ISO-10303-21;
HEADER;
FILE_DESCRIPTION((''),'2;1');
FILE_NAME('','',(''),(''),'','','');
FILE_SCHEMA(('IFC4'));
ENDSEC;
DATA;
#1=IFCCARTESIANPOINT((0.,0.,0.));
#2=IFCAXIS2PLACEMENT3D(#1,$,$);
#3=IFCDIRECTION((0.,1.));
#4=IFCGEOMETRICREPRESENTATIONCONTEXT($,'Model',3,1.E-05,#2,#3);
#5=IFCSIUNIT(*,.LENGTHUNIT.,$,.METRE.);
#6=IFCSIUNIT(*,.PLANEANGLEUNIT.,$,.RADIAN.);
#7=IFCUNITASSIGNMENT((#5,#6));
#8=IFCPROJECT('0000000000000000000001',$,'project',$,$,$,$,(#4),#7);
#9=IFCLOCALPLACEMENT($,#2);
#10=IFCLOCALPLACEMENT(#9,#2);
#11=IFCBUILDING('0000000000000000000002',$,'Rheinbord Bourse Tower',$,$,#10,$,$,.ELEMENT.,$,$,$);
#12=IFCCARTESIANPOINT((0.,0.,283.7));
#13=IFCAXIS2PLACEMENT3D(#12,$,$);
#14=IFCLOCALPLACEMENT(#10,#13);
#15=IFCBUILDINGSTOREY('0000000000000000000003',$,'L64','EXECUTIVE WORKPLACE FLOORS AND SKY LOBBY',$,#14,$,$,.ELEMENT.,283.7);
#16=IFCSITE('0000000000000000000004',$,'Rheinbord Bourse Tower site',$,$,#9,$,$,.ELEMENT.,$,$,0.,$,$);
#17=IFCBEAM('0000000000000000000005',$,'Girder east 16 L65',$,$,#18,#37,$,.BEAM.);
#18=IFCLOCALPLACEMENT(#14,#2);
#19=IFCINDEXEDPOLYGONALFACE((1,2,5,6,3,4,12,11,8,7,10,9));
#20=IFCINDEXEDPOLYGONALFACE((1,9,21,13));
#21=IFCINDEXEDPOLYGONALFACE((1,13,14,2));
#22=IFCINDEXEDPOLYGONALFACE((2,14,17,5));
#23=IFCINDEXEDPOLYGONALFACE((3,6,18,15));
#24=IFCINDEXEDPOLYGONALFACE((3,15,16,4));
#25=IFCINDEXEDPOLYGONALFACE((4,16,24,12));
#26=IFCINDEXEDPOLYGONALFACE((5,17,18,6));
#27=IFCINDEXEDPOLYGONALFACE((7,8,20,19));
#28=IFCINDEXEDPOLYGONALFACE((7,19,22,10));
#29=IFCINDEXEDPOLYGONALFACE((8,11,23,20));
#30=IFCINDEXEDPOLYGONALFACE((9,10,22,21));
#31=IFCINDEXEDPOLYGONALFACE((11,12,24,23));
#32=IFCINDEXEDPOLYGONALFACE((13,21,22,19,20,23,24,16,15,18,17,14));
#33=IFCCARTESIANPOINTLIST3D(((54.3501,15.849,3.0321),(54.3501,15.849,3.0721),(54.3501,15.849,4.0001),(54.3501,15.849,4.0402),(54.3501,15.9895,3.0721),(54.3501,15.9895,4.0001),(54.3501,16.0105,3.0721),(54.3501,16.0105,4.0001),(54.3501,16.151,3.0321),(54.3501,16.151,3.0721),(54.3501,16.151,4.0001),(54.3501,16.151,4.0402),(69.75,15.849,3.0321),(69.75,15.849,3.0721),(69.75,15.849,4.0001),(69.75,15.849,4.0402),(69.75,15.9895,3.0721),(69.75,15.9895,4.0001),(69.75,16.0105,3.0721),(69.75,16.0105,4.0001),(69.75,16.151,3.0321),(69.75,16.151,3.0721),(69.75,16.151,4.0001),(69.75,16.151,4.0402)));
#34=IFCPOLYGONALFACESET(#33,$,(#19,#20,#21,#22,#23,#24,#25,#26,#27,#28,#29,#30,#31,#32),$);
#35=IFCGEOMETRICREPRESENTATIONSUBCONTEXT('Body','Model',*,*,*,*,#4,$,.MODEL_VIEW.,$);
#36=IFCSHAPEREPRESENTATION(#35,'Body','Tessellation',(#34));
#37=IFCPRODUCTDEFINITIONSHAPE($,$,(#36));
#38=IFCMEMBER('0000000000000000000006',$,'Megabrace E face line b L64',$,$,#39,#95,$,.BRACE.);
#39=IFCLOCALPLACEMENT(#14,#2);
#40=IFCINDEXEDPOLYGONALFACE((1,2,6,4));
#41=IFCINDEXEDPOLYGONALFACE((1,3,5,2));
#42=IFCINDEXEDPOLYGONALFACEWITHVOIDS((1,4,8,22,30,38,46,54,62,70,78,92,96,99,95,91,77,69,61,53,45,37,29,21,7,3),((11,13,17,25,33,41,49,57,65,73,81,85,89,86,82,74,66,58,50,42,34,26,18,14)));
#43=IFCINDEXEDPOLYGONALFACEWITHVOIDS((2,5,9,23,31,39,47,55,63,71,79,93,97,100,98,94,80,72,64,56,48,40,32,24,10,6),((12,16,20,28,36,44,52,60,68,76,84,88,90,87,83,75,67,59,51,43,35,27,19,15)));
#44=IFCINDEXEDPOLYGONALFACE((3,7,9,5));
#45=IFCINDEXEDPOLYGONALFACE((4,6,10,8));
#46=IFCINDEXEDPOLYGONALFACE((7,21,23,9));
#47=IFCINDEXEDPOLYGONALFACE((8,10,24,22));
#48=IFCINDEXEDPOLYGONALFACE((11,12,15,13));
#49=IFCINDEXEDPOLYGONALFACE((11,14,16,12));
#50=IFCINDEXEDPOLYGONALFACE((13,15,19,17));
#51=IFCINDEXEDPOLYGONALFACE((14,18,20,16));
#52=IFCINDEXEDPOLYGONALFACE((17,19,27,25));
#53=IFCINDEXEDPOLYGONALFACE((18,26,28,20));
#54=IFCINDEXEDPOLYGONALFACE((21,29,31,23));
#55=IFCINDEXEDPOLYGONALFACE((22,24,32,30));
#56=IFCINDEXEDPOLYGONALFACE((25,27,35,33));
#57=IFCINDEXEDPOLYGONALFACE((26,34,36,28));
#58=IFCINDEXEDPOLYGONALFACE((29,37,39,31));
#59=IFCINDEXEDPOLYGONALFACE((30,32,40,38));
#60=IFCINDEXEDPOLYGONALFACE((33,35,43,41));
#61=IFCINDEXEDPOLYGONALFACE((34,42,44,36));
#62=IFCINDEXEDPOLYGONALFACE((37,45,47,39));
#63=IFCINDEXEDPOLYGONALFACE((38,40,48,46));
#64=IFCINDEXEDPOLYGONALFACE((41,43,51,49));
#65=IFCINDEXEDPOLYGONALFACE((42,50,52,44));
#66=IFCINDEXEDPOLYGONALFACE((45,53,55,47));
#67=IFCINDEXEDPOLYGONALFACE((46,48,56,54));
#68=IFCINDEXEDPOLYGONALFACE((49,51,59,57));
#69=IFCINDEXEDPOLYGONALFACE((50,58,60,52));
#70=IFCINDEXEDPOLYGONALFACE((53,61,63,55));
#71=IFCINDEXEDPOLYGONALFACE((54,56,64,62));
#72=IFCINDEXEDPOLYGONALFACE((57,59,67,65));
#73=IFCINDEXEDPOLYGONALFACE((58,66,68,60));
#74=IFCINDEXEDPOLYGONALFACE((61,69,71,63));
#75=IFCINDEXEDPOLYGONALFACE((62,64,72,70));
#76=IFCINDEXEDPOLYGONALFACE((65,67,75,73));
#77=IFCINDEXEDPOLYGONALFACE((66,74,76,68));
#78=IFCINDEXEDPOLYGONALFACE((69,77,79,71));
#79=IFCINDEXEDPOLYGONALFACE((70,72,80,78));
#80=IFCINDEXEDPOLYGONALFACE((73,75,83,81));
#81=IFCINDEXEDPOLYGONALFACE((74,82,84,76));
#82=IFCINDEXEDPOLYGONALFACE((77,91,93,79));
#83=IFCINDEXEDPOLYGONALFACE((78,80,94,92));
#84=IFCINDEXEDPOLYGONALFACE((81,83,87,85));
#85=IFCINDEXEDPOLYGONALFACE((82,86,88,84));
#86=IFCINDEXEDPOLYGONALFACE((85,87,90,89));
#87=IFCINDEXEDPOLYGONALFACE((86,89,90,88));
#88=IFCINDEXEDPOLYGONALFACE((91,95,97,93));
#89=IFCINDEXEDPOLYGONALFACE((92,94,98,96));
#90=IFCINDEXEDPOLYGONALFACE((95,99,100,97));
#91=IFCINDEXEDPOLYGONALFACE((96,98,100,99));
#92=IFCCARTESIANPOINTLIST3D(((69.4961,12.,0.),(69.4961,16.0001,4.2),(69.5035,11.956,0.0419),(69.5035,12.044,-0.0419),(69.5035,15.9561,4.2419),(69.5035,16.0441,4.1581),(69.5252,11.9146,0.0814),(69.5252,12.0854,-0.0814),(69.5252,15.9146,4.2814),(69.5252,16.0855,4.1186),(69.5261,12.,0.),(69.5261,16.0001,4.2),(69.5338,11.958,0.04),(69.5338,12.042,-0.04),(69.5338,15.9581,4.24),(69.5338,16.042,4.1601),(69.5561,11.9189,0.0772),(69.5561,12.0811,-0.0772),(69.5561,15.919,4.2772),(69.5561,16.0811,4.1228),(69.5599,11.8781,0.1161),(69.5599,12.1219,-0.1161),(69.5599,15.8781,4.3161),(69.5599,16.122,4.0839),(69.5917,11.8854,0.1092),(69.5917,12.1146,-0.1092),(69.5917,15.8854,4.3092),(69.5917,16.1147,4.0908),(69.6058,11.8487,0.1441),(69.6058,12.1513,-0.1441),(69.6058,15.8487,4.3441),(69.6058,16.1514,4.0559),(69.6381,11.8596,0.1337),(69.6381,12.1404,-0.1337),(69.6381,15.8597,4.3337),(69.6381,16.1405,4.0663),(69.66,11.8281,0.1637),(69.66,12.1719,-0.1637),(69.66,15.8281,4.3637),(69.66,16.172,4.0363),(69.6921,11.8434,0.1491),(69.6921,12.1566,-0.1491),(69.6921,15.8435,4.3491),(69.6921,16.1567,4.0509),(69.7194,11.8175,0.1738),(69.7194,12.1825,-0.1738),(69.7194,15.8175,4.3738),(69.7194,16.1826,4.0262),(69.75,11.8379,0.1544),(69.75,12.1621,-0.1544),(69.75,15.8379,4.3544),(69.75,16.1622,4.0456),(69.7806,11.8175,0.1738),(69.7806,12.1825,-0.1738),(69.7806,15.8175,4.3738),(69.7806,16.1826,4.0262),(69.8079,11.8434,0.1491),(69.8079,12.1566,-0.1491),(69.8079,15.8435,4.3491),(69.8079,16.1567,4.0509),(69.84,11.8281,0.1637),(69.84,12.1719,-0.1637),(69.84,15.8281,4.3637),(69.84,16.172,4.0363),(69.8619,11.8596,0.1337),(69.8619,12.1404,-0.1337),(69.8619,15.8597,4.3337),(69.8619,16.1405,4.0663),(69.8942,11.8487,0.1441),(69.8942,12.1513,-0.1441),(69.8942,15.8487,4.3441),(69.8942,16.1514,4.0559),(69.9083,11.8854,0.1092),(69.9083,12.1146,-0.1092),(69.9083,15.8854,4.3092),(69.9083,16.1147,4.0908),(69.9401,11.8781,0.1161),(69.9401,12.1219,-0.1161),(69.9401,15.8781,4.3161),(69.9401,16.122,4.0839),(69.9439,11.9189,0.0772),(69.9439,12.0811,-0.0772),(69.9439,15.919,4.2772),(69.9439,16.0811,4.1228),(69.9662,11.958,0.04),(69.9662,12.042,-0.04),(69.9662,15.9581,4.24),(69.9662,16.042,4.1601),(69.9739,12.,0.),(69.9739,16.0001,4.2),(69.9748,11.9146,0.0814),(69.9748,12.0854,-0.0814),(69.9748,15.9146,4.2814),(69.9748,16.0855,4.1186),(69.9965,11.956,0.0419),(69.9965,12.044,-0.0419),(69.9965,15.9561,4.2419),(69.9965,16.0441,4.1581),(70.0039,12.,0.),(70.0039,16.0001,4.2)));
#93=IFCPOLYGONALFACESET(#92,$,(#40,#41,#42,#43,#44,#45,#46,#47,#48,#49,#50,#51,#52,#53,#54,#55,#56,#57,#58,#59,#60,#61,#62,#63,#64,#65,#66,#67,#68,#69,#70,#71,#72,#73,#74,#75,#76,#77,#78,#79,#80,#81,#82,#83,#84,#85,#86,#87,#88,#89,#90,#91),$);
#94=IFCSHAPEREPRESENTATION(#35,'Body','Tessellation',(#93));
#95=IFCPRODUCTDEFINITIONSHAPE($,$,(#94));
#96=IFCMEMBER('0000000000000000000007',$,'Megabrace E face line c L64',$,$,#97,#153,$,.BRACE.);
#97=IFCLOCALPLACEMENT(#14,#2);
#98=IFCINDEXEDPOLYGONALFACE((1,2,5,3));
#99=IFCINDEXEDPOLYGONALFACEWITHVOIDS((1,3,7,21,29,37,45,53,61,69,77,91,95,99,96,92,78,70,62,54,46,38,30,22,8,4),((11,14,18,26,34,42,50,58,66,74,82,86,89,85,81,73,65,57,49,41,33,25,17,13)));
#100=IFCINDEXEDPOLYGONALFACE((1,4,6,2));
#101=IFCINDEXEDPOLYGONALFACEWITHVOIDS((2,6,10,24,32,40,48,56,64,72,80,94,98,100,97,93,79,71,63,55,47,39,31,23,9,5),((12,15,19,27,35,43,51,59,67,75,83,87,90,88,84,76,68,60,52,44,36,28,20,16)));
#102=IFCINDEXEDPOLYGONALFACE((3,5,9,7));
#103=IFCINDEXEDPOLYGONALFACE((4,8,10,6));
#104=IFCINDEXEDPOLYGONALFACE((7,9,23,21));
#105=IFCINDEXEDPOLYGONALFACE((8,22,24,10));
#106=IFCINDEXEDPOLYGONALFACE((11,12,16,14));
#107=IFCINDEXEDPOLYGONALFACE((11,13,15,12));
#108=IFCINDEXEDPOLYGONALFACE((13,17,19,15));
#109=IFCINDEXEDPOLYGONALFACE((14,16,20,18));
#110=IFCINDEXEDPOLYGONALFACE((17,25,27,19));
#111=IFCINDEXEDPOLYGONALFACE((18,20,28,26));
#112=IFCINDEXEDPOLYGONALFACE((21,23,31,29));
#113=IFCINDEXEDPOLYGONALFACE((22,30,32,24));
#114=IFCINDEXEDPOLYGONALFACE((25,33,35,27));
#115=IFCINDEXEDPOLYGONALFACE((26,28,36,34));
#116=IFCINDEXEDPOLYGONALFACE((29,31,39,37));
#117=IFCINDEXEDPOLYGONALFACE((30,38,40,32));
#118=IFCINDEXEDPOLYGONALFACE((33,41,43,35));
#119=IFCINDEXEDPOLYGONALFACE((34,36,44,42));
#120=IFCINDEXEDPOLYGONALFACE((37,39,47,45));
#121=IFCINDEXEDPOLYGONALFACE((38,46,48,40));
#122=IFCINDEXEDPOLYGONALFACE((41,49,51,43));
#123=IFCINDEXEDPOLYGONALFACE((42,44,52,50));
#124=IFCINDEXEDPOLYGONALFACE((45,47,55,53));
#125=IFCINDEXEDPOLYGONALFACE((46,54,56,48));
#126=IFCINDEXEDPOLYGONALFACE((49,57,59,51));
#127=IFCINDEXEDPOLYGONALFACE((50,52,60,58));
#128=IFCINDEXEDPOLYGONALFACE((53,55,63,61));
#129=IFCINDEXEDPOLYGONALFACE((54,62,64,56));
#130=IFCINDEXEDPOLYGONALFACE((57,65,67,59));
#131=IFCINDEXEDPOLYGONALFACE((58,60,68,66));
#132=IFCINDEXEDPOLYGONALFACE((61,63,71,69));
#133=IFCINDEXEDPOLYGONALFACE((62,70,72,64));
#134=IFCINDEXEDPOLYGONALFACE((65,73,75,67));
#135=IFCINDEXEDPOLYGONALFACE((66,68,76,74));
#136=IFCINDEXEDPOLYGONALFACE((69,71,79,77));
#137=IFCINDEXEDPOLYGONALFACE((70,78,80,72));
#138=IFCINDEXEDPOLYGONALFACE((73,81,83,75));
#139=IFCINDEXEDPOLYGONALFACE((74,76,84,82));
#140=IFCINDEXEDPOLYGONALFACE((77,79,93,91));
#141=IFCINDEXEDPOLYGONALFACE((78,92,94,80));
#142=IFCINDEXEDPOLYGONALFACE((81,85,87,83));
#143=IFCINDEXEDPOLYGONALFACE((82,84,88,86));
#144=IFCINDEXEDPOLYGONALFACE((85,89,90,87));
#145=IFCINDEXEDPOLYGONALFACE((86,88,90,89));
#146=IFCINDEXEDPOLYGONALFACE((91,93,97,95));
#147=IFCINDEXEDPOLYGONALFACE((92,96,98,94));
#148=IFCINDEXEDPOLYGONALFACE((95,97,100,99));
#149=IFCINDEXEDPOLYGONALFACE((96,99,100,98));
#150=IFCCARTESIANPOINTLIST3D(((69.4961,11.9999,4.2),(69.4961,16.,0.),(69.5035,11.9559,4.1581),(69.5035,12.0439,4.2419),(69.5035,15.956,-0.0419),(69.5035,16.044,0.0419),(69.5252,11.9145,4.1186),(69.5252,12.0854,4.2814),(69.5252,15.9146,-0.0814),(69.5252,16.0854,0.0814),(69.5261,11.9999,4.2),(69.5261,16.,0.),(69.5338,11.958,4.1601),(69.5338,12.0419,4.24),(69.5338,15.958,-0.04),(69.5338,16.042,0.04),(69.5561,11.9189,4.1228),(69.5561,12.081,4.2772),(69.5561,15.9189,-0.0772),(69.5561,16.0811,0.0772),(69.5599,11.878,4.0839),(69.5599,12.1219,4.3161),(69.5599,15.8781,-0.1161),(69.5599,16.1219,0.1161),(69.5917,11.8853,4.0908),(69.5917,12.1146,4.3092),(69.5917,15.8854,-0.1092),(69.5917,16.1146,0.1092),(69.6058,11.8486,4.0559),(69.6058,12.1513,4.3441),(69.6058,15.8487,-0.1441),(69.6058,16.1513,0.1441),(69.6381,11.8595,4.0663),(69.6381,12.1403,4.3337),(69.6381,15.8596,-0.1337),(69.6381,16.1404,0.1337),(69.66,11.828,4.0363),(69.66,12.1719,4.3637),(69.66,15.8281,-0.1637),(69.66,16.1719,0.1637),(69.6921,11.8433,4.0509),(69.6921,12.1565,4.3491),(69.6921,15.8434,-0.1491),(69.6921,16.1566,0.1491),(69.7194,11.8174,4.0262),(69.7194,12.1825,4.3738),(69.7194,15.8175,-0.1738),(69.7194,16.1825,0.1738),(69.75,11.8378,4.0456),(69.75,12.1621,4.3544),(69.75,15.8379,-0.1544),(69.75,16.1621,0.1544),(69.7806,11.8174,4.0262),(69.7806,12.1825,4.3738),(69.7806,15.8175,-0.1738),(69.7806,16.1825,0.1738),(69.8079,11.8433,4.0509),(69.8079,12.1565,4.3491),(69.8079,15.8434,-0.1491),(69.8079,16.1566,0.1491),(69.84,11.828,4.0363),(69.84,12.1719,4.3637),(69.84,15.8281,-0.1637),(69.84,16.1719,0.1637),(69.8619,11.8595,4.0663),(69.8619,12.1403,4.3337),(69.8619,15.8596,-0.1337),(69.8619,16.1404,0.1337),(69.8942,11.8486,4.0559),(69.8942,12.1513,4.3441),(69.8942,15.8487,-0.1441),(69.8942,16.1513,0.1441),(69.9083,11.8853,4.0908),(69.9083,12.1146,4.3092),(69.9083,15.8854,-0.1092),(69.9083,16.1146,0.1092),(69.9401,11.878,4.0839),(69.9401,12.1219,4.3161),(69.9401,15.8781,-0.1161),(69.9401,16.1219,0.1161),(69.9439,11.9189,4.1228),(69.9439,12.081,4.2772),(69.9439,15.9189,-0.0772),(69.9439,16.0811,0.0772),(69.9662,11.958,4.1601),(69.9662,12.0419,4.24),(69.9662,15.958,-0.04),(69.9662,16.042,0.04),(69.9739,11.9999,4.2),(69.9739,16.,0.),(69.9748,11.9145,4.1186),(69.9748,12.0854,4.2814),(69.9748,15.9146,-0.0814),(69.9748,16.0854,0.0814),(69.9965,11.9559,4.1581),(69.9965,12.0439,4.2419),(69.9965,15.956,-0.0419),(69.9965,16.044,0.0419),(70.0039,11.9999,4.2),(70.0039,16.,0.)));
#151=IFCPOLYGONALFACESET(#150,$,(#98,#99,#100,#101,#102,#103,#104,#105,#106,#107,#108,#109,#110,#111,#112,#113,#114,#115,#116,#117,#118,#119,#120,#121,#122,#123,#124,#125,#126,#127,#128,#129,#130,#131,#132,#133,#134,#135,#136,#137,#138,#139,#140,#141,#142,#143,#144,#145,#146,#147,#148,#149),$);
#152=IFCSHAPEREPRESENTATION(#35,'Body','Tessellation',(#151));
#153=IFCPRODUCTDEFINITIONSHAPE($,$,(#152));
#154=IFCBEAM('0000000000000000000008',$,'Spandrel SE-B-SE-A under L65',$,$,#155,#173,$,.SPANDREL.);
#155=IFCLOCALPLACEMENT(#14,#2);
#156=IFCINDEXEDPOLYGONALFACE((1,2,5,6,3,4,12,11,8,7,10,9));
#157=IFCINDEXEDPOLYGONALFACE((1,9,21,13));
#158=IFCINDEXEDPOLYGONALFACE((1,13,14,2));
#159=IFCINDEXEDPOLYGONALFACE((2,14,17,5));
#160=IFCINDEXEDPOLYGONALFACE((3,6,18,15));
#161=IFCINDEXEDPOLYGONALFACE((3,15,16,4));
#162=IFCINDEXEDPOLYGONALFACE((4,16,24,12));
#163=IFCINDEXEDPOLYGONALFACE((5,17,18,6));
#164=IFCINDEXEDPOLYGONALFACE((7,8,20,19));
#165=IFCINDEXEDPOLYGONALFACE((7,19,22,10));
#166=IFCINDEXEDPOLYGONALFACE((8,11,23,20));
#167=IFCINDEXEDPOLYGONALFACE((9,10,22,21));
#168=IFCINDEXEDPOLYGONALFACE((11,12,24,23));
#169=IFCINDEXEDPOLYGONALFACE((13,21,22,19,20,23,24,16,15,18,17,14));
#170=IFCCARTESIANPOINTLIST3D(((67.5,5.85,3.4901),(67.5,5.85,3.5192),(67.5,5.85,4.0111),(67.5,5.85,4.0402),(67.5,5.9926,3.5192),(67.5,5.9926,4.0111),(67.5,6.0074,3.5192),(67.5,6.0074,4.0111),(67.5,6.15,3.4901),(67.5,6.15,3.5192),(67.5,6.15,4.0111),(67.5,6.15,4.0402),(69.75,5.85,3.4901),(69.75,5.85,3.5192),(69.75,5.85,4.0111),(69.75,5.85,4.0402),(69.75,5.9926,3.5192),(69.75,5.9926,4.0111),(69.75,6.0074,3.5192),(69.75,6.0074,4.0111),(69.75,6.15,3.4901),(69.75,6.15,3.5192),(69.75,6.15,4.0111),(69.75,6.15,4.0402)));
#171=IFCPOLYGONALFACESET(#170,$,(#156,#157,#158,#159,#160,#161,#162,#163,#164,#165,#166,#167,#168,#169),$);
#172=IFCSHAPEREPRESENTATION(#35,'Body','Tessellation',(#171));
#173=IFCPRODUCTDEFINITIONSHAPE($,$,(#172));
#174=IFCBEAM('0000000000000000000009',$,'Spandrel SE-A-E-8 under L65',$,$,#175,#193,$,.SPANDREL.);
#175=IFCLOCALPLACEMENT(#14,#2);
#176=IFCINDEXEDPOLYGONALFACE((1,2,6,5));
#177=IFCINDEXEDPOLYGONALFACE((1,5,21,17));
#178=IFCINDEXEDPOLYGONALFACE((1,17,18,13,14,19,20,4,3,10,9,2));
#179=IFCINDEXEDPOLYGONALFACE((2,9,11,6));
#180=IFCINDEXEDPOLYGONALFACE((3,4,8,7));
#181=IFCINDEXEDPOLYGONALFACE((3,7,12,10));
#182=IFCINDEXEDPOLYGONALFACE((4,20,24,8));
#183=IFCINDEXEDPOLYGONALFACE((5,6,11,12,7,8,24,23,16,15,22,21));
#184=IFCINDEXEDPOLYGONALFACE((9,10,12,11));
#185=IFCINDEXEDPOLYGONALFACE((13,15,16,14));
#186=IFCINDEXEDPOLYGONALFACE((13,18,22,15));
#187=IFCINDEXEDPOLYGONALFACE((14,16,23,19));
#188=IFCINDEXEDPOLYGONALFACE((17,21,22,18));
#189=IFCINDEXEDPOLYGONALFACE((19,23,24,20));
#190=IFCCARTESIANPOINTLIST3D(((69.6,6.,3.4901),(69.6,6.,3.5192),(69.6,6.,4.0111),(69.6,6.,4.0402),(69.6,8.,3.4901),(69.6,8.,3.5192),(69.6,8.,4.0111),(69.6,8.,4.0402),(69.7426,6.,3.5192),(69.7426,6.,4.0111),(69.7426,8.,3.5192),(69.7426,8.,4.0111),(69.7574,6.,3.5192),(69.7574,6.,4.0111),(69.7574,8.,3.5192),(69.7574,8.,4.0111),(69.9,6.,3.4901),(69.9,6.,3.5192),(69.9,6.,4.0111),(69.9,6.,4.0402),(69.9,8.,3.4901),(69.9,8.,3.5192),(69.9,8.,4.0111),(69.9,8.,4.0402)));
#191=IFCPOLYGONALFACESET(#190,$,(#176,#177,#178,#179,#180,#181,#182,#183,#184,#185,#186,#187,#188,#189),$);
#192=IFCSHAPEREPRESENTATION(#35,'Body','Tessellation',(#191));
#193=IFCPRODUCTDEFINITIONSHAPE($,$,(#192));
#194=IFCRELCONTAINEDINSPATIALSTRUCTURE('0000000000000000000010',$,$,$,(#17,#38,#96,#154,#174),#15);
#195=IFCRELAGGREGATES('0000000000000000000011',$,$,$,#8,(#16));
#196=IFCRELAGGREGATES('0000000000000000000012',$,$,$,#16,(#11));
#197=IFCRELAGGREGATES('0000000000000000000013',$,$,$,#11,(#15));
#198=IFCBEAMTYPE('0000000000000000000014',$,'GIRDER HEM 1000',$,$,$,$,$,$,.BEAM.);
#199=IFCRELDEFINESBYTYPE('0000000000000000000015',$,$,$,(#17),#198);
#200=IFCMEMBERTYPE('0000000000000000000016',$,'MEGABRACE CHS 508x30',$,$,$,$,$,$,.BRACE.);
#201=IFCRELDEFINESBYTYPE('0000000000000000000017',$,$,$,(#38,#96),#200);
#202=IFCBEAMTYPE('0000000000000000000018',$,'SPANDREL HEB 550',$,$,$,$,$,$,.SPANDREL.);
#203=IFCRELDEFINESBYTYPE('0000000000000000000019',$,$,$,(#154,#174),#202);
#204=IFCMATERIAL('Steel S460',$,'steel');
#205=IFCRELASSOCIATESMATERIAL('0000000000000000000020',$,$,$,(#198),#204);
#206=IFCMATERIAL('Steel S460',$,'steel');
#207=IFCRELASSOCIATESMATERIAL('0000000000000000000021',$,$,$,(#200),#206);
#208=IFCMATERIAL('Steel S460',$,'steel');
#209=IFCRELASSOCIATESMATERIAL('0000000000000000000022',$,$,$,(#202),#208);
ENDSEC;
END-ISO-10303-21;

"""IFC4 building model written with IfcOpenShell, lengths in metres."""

from ifc_helpers import new_model, si_unit, direction, frame, origin, origin_2d, place, context, subcontext, project, spatial, hollow_circle, i_section, extrude, material, material_profile, profile_set, type_object, element, save


model = new_model("IFC4")

# Units and contexts
model_context = context("Model", 3, precision=1e-05, world=origin(), true_north=direction((0.0, 1.0)))
body_context = subcontext(model_context, "Body", "Model", "MODEL_VIEW")
ifc_project = project(units=[si_unit("LENGTHUNIT", "METRE"), si_unit("PLANEANGLEUNIT", "RADIAN")], contexts=[model_context])

# Site, building, storey
site_placement = place(None, origin())
site = spatial("IfcSite", under=ifc_project, at=site_placement, Name="Rheinbord Bourse Tower site", CompositionType="ELEMENT", RefElevation=0.0)
building_placement = place(site_placement, origin())
building = spatial("IfcBuilding", under=site, at=building_placement, Name="Rheinbord Bourse Tower", CompositionType="ELEMENT")
storey_placement = place(building_placement, frame((0.0, 0.0, 283.7)))
storey = spatial("IfcBuildingStorey", under=building, at=storey_placement, Name="L64", Description="EXECUTIVE WORKPLACE FLOORS AND SKY LOBBY", CompositionType="ELEMENT", Elevation=283.7)

# Beam
ifc_material_1 = material(Name="Steel S460", Category="steel")
ifc_material_profile_1 = material_profile(ifc_material_1, i_section(OverallWidth=0.302, OverallDepth=1.0081, WebThickness=0.021, FlangeThickness=0.04, at=origin_2d()), Name="HEM 1000")
ifc_profile_set_1 = profile_set([ifc_material_profile_1], Name="Steel S460")
beam_type_1 = type_object("IfcBeamType", Name="GIRDER HEM 1000", PredefinedType="BEAM", material=ifc_profile_set_1)
beam_1_placement = place(storey_placement, frame((54.3501, 16.0, 3.5361), z_axis=(1.0, 0.0, 0.0), x_axis=(0.0, 1.0, 0.0)))
element("IfcBeam", 1, at=beam_1_placement, inside=storey, type_object=beam_type_1, Name="Girder east 16 L65", PredefinedType="BEAM", context=body_context, shape_type="SweptSolid", body=[
    extrude(i_section(OverallWidth=0.302, OverallDepth=1.0081, WebThickness=0.021, FlangeThickness=0.04, at=origin_2d()), origin(), (0.0, 0.0, 1.0), 15.3999),
])

# Members
ifc_material_2 = material(Name="Steel S460", Category="steel")
ifc_material_profile_2 = material_profile(ifc_material_2, hollow_circle(Radius=0.2539, WallThickness=0.03, at=origin_2d()), Name="CHS 508x30")
ifc_profile_set_2 = profile_set([ifc_material_profile_2], Name="Steel S460")
member_type_1 = type_object("IfcMemberType", Name="MEGABRACE CHS 508x30", PredefinedType="BRACE", material=ifc_profile_set_2)
for number, where, z_axis, x_axis, name in (
    (2, (69.75, 12.0, 0.0), (0.0, 0.689659, 0.724134), (-1.0, 0.0, 0.0), "Megabrace E face line b L64"),
    (3, (69.75, 16.0, 0.0), (0.0, -0.689659, 0.724134), (1.0, 0.0, 0.0), "Megabrace E face line c L64"),
):
    element("IfcMember", number, at=place(storey_placement, frame(where, z_axis=z_axis, x_axis=x_axis)), inside=storey, type_object=member_type_1, Name=name, PredefinedType="BRACE", context=body_context, shape_type="SweptSolid", body=[
        extrude(hollow_circle(Radius=0.2539, WallThickness=0.03, at=origin_2d()), origin(), (0.0, 0.0, 1.0), 5.8),
    ])

# Beams
ifc_material_3 = material(Name="Steel S460", Category="steel")
ifc_material_profile_3 = material_profile(ifc_material_3, i_section(OverallWidth=0.3, OverallDepth=0.55, WebThickness=0.0149, FlangeThickness=0.0291, at=origin_2d()), Name="HEB 550")
ifc_profile_set_3 = profile_set([ifc_material_profile_3], Name="Steel S460")
beam_type_2 = type_object("IfcBeamType", Name="SPANDREL HEB 550", PredefinedType="SPANDREL", material=ifc_profile_set_3)
beam_2_placement = place(storey_placement, frame((67.5, 6.0, 3.7651), z_axis=(1.0, 0.0, 0.0), x_axis=(0.0, 1.0, 0.0)))
element("IfcBeam", 4, at=beam_2_placement, inside=storey, type_object=beam_type_2, Name="Spandrel SE-B-SE-A under L65", PredefinedType="SPANDREL", context=body_context, shape_type="SweptSolid", body=[
    extrude(i_section(OverallWidth=0.3, OverallDepth=0.55, WebThickness=0.0149, FlangeThickness=0.0291, at=origin_2d()), origin(), (0.0, 0.0, 1.0), 2.25),
])
beam_3_placement = place(storey_placement, frame((69.75, 6.0, 3.7651), z_axis=(0.0, 1.0, 0.0), x_axis=(-1.0, 0.0, 0.0)))
element("IfcBeam", 5, at=beam_3_placement, inside=storey, type_object=beam_type_2, Name="Spandrel SE-A-E-8 under L65", PredefinedType="SPANDREL", context=body_context, shape_type="SweptSolid", body=[
    extrude(i_section(OverallWidth=0.3, OverallDepth=0.55, WebThickness=0.0149, FlangeThickness=0.0291, at=origin_2d()), origin(), (0.0, 0.0, 1.0), 2.0),
])

save(model, "model.ifc")
